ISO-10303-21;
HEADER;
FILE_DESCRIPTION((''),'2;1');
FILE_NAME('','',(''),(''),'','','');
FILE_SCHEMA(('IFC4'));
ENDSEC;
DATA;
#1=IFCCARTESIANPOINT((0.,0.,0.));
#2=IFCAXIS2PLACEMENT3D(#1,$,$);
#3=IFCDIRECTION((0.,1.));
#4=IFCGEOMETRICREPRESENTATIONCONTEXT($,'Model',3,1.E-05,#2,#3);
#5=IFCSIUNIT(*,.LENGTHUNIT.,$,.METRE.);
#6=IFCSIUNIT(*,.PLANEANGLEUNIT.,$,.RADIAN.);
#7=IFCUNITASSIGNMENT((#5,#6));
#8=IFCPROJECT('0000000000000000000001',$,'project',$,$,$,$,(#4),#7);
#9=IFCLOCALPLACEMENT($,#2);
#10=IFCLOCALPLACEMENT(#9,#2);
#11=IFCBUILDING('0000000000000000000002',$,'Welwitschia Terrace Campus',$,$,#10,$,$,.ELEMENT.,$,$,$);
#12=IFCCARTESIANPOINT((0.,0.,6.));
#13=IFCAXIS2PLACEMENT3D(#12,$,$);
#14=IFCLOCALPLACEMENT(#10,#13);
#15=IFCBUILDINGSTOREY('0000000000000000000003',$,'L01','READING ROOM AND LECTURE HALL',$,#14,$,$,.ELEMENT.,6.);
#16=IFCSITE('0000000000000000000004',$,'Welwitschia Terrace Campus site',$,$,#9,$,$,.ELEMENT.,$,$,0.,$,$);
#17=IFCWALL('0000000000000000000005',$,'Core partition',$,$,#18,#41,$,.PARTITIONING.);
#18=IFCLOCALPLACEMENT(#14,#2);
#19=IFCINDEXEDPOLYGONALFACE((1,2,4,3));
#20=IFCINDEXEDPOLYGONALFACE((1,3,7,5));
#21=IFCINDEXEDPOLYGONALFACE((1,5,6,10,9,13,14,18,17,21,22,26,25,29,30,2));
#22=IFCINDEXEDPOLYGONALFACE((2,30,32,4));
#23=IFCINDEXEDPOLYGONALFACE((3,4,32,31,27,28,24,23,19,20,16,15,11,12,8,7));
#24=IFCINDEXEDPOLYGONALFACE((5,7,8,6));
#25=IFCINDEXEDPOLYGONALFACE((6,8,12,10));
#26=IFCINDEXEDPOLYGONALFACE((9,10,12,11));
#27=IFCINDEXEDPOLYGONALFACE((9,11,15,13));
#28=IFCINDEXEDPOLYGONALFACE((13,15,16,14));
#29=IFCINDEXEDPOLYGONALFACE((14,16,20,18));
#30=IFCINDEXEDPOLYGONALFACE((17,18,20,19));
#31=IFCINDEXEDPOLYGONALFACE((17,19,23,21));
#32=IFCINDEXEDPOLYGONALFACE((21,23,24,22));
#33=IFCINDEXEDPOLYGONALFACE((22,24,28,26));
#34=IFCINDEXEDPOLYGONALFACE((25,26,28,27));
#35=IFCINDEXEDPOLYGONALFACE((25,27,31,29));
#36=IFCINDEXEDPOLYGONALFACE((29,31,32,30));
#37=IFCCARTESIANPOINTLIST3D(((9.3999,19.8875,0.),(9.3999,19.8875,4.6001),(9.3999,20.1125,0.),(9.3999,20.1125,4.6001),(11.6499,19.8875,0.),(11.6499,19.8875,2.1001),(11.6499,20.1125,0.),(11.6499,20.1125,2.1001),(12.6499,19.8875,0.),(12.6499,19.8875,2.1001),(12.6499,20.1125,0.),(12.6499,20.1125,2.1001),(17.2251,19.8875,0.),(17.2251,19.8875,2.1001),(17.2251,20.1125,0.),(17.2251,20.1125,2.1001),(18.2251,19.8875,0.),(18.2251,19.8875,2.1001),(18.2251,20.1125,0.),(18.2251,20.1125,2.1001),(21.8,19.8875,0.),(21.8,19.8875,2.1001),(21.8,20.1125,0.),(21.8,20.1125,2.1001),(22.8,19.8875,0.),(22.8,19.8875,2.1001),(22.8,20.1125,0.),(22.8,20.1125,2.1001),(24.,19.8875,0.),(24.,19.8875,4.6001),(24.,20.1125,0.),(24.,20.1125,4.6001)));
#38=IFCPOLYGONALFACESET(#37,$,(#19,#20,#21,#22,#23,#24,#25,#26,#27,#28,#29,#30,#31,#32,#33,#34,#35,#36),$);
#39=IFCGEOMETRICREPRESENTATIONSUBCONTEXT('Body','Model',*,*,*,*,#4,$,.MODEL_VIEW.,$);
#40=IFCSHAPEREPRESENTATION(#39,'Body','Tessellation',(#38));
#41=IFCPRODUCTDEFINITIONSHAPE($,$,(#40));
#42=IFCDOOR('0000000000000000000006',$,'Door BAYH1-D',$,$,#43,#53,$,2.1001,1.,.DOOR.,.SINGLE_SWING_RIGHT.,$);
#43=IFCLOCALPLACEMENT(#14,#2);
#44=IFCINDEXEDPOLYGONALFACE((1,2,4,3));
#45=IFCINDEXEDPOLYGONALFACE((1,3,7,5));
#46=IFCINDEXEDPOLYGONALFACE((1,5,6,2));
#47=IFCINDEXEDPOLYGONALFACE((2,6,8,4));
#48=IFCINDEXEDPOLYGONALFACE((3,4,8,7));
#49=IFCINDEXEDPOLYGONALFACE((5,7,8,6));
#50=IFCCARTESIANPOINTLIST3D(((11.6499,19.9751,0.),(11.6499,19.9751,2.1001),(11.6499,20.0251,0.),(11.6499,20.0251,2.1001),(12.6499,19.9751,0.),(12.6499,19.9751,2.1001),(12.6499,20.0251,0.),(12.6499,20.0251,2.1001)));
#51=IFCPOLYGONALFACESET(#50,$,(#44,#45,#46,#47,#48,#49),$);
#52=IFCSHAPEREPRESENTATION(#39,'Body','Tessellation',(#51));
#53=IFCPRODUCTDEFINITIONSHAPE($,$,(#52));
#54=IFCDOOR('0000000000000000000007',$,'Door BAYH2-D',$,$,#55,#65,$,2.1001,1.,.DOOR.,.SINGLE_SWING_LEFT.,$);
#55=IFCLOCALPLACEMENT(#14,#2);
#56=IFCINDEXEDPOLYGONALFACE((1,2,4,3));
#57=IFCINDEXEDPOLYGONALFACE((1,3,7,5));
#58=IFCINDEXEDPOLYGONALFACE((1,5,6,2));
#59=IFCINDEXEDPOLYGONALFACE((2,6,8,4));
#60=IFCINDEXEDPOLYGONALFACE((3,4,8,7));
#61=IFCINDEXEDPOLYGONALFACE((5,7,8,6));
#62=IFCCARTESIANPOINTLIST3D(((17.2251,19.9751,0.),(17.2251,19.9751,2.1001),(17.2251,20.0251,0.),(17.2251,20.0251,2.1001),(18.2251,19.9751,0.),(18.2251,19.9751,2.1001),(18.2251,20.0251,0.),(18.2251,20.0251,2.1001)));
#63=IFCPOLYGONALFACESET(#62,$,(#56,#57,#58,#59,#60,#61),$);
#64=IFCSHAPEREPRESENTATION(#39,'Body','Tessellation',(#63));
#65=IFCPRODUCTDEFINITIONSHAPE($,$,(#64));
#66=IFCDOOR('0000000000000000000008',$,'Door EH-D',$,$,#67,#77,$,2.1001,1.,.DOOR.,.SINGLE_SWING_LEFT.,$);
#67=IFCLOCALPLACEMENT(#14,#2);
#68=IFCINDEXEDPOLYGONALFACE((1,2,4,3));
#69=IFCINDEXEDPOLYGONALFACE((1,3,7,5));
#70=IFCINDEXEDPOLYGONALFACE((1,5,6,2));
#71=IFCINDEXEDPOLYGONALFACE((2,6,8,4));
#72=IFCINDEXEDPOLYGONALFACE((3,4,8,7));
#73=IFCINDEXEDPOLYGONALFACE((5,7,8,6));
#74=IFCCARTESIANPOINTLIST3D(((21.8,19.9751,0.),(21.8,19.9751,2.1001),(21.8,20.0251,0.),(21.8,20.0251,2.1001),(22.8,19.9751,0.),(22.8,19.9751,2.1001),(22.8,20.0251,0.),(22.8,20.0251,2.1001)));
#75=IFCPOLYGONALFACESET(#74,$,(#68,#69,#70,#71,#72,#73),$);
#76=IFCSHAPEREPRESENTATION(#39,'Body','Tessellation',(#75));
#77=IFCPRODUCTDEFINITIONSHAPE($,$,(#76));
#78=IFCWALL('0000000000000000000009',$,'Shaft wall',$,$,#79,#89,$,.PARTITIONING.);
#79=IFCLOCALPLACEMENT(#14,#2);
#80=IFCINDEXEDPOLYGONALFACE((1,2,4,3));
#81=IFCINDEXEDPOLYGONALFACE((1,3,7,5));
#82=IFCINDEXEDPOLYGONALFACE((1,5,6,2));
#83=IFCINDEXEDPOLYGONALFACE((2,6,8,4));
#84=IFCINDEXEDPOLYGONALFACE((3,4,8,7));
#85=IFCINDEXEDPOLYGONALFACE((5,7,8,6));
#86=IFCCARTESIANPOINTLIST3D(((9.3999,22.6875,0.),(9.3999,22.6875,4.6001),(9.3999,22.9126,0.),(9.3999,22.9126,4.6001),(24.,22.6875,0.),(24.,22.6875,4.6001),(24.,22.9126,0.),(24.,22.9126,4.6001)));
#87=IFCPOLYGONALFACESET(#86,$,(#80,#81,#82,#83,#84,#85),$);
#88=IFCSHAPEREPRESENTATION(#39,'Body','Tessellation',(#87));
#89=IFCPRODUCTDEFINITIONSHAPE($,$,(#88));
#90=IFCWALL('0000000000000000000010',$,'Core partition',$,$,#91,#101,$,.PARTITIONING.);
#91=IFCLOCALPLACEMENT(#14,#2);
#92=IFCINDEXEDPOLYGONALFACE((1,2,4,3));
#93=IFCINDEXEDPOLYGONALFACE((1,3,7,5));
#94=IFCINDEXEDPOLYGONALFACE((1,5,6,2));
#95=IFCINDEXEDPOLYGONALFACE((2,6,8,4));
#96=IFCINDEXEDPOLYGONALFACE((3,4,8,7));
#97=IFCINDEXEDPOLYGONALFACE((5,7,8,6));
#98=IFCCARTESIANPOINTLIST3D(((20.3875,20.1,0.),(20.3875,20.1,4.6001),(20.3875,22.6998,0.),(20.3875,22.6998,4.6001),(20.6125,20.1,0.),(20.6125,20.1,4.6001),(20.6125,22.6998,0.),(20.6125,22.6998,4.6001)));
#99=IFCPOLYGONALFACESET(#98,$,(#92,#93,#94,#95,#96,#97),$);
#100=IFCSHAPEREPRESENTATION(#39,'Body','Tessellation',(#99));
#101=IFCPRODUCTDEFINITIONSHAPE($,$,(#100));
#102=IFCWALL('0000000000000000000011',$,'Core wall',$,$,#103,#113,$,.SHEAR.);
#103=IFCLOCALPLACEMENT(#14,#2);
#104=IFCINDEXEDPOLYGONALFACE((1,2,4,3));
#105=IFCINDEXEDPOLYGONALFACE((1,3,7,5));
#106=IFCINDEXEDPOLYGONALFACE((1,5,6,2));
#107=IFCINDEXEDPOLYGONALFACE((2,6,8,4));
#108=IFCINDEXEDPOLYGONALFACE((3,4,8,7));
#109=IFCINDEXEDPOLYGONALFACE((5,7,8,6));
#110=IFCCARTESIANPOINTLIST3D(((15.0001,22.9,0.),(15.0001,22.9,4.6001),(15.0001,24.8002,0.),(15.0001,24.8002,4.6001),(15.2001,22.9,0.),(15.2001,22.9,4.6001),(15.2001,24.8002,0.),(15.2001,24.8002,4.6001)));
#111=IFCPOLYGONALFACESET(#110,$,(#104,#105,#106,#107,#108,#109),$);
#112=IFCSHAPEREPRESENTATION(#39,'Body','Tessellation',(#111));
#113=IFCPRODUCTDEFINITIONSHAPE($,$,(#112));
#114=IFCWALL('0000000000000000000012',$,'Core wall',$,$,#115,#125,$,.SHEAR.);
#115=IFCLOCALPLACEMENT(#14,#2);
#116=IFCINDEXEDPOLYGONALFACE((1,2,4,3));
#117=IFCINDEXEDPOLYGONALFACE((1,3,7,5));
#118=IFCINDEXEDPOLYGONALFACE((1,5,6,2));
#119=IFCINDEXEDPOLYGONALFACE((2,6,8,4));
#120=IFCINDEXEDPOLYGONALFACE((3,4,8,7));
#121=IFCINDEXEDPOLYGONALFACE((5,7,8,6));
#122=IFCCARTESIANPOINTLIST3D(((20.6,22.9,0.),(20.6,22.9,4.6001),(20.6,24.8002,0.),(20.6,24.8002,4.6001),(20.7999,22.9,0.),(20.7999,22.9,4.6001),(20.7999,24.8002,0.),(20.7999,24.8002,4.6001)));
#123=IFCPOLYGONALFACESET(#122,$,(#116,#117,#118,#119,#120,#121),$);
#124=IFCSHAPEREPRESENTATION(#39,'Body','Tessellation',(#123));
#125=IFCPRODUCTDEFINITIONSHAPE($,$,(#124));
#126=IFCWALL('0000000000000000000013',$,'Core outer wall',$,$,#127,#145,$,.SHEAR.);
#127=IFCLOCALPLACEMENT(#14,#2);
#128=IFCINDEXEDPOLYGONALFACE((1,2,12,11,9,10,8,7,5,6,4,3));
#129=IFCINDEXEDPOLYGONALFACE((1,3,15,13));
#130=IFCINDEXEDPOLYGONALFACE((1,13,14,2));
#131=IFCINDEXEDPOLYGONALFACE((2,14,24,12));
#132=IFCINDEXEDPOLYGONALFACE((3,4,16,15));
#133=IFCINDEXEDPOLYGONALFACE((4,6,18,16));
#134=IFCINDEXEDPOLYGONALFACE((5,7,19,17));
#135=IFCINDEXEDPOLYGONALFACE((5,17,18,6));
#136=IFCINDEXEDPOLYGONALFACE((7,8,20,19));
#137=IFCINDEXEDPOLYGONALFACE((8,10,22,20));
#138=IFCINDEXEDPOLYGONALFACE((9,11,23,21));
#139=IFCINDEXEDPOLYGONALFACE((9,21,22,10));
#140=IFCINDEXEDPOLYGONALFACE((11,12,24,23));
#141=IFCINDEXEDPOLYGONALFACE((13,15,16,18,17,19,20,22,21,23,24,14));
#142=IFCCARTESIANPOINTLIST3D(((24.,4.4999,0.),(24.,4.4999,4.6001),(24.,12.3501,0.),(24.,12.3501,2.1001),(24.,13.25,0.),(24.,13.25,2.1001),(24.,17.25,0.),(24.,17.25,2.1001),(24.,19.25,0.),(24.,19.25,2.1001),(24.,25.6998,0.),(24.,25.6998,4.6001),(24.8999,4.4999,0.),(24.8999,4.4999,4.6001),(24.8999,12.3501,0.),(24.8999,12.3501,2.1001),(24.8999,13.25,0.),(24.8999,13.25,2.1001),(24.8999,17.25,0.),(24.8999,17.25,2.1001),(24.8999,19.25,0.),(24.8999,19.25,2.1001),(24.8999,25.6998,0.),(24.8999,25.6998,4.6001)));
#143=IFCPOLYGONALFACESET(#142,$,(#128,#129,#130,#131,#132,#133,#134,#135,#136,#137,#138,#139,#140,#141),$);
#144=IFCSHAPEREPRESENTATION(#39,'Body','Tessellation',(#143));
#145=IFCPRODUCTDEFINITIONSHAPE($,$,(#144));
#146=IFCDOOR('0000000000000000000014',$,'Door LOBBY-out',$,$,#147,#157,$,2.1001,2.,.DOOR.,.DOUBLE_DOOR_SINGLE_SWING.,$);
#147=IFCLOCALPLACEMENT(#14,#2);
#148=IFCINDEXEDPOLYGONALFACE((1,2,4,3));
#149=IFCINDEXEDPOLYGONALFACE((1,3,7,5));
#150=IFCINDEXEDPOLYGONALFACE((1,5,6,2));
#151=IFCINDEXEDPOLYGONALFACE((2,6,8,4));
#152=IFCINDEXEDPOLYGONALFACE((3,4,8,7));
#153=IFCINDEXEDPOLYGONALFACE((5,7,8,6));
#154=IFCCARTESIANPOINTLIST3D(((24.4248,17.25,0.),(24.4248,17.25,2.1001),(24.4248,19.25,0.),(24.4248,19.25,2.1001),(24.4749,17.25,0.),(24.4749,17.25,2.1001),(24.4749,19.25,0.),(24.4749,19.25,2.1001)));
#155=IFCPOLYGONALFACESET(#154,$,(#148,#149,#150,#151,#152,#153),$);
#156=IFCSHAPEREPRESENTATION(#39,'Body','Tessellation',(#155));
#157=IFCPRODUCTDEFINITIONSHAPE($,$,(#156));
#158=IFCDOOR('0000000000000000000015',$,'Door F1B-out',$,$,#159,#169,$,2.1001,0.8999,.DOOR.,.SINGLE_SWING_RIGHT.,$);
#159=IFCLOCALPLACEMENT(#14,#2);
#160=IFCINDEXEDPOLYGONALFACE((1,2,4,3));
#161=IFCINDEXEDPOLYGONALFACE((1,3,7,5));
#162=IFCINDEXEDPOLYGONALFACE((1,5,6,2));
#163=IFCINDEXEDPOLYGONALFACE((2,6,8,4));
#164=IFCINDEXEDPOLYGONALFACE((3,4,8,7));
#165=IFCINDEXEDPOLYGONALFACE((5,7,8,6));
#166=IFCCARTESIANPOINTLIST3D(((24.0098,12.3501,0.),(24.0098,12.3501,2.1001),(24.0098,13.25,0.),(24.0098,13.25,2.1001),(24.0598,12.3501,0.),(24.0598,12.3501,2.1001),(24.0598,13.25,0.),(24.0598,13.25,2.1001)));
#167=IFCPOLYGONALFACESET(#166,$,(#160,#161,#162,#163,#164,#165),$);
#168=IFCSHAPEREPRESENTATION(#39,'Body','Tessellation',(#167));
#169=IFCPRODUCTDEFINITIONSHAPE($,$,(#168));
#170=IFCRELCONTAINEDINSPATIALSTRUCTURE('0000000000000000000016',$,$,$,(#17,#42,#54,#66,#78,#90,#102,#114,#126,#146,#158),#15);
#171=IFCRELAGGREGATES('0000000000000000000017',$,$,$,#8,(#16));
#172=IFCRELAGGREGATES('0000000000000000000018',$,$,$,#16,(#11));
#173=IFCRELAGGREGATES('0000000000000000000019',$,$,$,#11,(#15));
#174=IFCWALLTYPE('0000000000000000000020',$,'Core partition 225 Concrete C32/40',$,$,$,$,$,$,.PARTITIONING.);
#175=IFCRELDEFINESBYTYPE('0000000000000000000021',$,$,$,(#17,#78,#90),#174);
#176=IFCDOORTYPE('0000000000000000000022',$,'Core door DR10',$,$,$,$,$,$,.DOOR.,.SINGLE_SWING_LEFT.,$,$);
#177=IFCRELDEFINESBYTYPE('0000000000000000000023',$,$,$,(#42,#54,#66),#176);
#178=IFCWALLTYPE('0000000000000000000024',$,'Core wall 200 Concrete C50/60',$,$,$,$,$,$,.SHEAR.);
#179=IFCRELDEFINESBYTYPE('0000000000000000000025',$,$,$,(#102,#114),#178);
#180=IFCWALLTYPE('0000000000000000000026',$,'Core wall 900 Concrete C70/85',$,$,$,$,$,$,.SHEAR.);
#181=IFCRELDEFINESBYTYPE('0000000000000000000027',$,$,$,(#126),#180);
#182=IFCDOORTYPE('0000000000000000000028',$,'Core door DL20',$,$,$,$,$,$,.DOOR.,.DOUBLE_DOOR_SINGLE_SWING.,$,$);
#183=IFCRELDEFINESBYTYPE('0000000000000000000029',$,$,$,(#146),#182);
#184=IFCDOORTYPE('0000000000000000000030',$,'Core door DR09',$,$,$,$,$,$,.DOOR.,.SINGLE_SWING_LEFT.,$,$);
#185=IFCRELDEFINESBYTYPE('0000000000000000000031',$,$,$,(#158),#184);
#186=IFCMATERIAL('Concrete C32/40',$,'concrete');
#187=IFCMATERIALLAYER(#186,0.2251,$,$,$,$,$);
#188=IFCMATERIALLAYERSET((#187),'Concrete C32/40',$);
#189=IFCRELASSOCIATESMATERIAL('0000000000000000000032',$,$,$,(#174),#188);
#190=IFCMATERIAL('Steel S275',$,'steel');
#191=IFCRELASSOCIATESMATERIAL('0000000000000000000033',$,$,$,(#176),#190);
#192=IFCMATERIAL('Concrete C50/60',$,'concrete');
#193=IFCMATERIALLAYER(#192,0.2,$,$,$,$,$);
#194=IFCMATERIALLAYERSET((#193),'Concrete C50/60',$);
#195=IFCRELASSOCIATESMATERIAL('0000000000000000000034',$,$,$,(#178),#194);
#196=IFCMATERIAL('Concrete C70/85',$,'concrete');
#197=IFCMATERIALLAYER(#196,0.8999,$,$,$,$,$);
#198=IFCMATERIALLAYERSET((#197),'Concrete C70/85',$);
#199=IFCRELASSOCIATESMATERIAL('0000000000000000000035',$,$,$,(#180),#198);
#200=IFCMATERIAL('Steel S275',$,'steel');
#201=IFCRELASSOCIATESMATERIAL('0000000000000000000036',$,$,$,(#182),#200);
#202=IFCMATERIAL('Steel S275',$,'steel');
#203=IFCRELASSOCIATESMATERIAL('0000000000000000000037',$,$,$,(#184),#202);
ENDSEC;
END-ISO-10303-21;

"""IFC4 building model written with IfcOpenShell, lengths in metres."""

from ifc_helpers import new_model, si_unit, direction, frame, frame_2d, origin, place, context, subcontext, project, spatial, rectangle, extrude, material, layer, layer_set, type_object, element, fill, save


model = new_model("IFC4")

# Units and contexts
model_context = context("Model", 3, precision=1e-05, world=origin(), true_north=direction((0.0, 1.0)))
body_context = subcontext(model_context, "Body", "Model", "MODEL_VIEW")
ifc_project = project(units=[si_unit("LENGTHUNIT", "METRE"), si_unit("PLANEANGLEUNIT", "RADIAN")], contexts=[model_context])

# Site, building, storey
site_placement = place(None, origin())
site = spatial("IfcSite", under=ifc_project, at=site_placement, Name="Welwitschia Terrace Campus site", CompositionType="ELEMENT", RefElevation=0.0)
building_placement = place(site_placement, origin())
building = spatial("IfcBuilding", under=site, at=building_placement, Name="Welwitschia Terrace Campus", CompositionType="ELEMENT")
storey_placement = place(building_placement, frame((0.0, 0.0, 6.0)))
storey = spatial("IfcBuildingStorey", under=building, at=storey_placement, Name="L01", Description="READING ROOM AND LECTURE HALL", CompositionType="ELEMENT", Elevation=6.0)

# Wall, openings, doors
ifc_material_1 = material(Name="Concrete C32/40", Category="concrete")
ifc_layer_1 = layer(ifc_material_1, 0.2251)
ifc_layer_set_1 = layer_set([ifc_layer_1], Name="Concrete C32/40")
wall_type_1 = type_object("IfcWallType", Name="Core partition 225 Concrete C32/40", PredefinedType="PARTITIONING", material=ifc_layer_set_1)
wall_1_placement = place(storey_placement, frame((24.0, 20.0, 0.0), z_axis=(0.0, 0.0, 1.0), x_axis=(-1.0, 0.0, 0.0)))
wall_1 = element("IfcWall", 1, at=wall_1_placement, inside=storey, type_object=wall_type_1, Name="Core partition", PredefinedType="PARTITIONING", context=body_context, shape_type="SweptSolid", body=[
    extrude(rectangle(XDim=14.6001, YDim=0.2251, at=frame_2d((7.3, 0.0))), origin(), (0.0, 0.0, 1.0), 4.6001),
])
opening_1_placement = place(wall_1_placement, frame((11.3501, 0.0, 0.0)))
opening_1 = element("IfcOpeningElement", 2, at=opening_1_placement, cuts=wall_1, PredefinedType="OPENING", context=body_context, shape_type="SweptSolid", body=[
    extrude(rectangle(XDim=1.0, YDim=2.1001, at=frame_2d((0.5, 1.05))), frame((0.0, 0.1226, 0.0), z_axis=(0.0, -1.0, 0.0), x_axis=(1.0, 0.0, 0.0)), (0.0, 0.0, 1.0), 0.2451),
])
opening_2_placement = place(wall_1_placement, frame((5.7749, 0.0, 0.0)))
opening_2 = element("IfcOpeningElement", 3, at=opening_2_placement, cuts=wall_1, PredefinedType="OPENING", context=body_context, shape_type="SweptSolid", body=[
    extrude(rectangle(XDim=1.0, YDim=2.1001, at=frame_2d((0.5, 1.05))), frame((0.0, 0.1226, 0.0), z_axis=(0.0, -1.0, 0.0), x_axis=(1.0, 0.0, 0.0)), (0.0, 0.0, 1.0), 0.2451),
])
opening_3_placement = place(wall_1_placement, frame((1.2, 0.0, 0.0)))
opening_3 = element("IfcOpeningElement", 4, at=opening_3_placement, cuts=wall_1, PredefinedType="OPENING", context=body_context, shape_type="SweptSolid", body=[
    extrude(rectangle(XDim=1.0, YDim=2.1001, at=frame_2d((0.5, 1.05))), frame((0.0, 0.1226, 0.0), z_axis=(0.0, -1.0, 0.0), x_axis=(1.0, 0.0, 0.0)), (0.0, 0.0, 1.0), 0.2451),
])
ifc_material_2 = material(Name="Steel S275", Category="steel")
door_type_1 = type_object("IfcDoorType", Name="Core door DR10", OperationType="SINGLE_SWING_LEFT", PredefinedType="DOOR", material=ifc_material_2)
door_1_placement = place(opening_1_placement, origin())
door_1 = element("IfcDoor", 5, at=door_1_placement, inside=storey, type_object=door_type_1, Name="Door BAYH1-D", OperationType="SINGLE_SWING_RIGHT", OverallHeight=2.1001, OverallWidth=1.0, PredefinedType="DOOR", context=body_context, shape_type="SweptSolid", body=[
    extrude(rectangle(XDim=1.0, YDim=2.1001, at=frame_2d((0.5, 1.05))), frame((0.0, 0.0249, 0.0), z_axis=(0.0, -1.0, 0.0), x_axis=(1.0, 0.0, 0.0)), (0.0, 0.0, 1.0), 0.05),
])
fill(opening_1, door_1)
door_2_placement = place(opening_2_placement, origin())
door_2 = element("IfcDoor", 6, at=door_2_placement, inside=storey, type_object=door_type_1, Name="Door BAYH2-D", OperationType="SINGLE_SWING_LEFT", OverallHeight=2.1001, OverallWidth=1.0, PredefinedType="DOOR", context=body_context, shape_type="SweptSolid", body=[
    extrude(rectangle(XDim=1.0, YDim=2.1001, at=frame_2d((0.5, 1.05))), frame((0.0, 0.0249, 0.0), z_axis=(0.0, -1.0, 0.0), x_axis=(1.0, 0.0, 0.0)), (0.0, 0.0, 1.0), 0.05),
])
fill(opening_2, door_2)
door_3_placement = place(opening_3_placement, origin())
door_3 = element("IfcDoor", 7, at=door_3_placement, inside=storey, type_object=door_type_1, Name="Door EH-D", OperationType="SINGLE_SWING_LEFT", OverallHeight=2.1001, OverallWidth=1.0, PredefinedType="DOOR", context=body_context, shape_type="SweptSolid", body=[
    extrude(rectangle(XDim=1.0, YDim=2.1001, at=frame_2d((0.5, 1.05))), frame((0.0, 0.0249, 0.0), z_axis=(0.0, -1.0, 0.0), x_axis=(1.0, 0.0, 0.0)), (0.0, 0.0, 1.0), 0.05),
])
fill(opening_3, door_3)

# Walls
wall_2_placement = place(storey_placement, frame((9.3999, 22.8, 0.0), z_axis=(0.0, 0.0, 1.0), x_axis=(1.0, 0.0, 0.0)))
element("IfcWall", 8, at=wall_2_placement, inside=storey, type_object=wall_type_1, Name="Shaft wall", PredefinedType="PARTITIONING", context=body_context, shape_type="SweptSolid", body=[
    extrude(rectangle(XDim=14.6001, YDim=0.2251, at=frame_2d((7.3, 0.0))), origin(), (0.0, 0.0, 1.0), 4.6001),
])
wall_3_placement = place(storey_placement, frame((20.5, 20.1001, 0.0), z_axis=(0.0, 0.0, 1.0), x_axis=(0.0, 1.0, 0.0)))
element("IfcWall", 9, at=wall_3_placement, inside=storey, type_object=wall_type_1, Name="Core partition", PredefinedType="PARTITIONING", context=body_context, shape_type="SweptSolid", body=[
    extrude(rectangle(XDim=2.5999, YDim=0.2251, at=frame_2d((1.2998, 0.0))), origin(), (0.0, 0.0, 1.0), 4.6001),
])
ifc_material_3 = material(Name="Concrete C50/60", Category="concrete")
ifc_layer_2 = layer(ifc_material_3, 0.2)
ifc_layer_set_2 = layer_set([ifc_layer_2], Name="Concrete C50/60")
wall_type_2 = type_object("IfcWallType", Name="Core wall 200 Concrete C50/60", PredefinedType="SHEAR", material=ifc_layer_set_2)
for number, where, z_axis, x_axis, name in (
    (10, (15.1001, 22.8999, 0.0), (0.0, 0.0, 1.0), (0.0, 1.0, 0.0), "Core wall"),
    (11, (20.7, 22.8999, 0.0), (0.0, 0.0, 1.0), (0.0, 1.0, 0.0), "Core wall"),
):
    element("IfcWall", number, at=place(storey_placement, frame(where, z_axis=z_axis, x_axis=x_axis)), inside=storey, type_object=wall_type_2, Name=name, PredefinedType="SHEAR", context=body_context, shape_type="SweptSolid", body=[
        extrude(rectangle(XDim=1.9001, YDim=0.2, at=frame_2d((0.9502, 0.0))), origin(), (0.0, 0.0, 1.0), 4.6001),
    ])

# Wall, openings, doors
ifc_material_4 = material(Name="Concrete C70/85", Category="concrete")
ifc_layer_3 = layer(ifc_material_4, 0.8999)
ifc_layer_set_3 = layer_set([ifc_layer_3], Name="Concrete C70/85")
wall_type_3 = type_object("IfcWallType", Name="Core wall 900 Concrete C70/85", PredefinedType="SHEAR", material=ifc_layer_set_3)
wall_4_placement = place(storey_placement, frame((24.45, 25.7, 0.0), z_axis=(0.0, 0.0, 1.0), x_axis=(0.0, -1.0, 0.0)))
wall_4 = element("IfcWall", 12, at=wall_4_placement, inside=storey, type_object=wall_type_3, Name="Core outer wall", PredefinedType="SHEAR", context=body_context, shape_type="SweptSolid", body=[
    extrude(rectangle(XDim=21.2, YDim=0.8999, at=frame_2d((10.6001, 0.0))), origin(), (0.0, 0.0, 1.0), 4.6001),
])
opening_4_placement = place(wall_4_placement, frame((12.45, 0.0, 0.0)))
opening_4 = element("IfcOpeningElement", 13, at=opening_4_placement, cuts=wall_4, PredefinedType="OPENING", context=body_context, shape_type="SweptSolid", body=[
    extrude(rectangle(XDim=0.8999, YDim=2.1001, at=frame_2d((0.45, 1.05))), frame((0.0, 0.46, 0.0), z_axis=(0.0, -1.0, 0.0), x_axis=(1.0, 0.0, 0.0)), (0.0, 0.0, 1.0), 0.9199),
])
opening_5_placement = place(wall_4_placement, frame((6.45, 0.0, 0.0)))
opening_5 = element("IfcOpeningElement", 14, at=opening_5_placement, cuts=wall_4, PredefinedType="OPENING", context=body_context, shape_type="SweptSolid", body=[
    extrude(rectangle(XDim=2.0, YDim=2.1001, at=frame_2d((1.0, 1.05))), frame((0.0, 0.46, 0.0), z_axis=(0.0, -1.0, 0.0), x_axis=(1.0, 0.0, 0.0)), (0.0, 0.0, 1.0), 0.9199),
])
ifc_material_5 = material(Name="Steel S275", Category="steel")
door_type_2 = type_object("IfcDoorType", Name="Core door DL20", OperationType="DOUBLE_DOOR_SINGLE_SWING", PredefinedType="DOOR", material=ifc_material_5)
door_4_placement = place(opening_5_placement, origin())
door_4 = element("IfcDoor", 15, at=door_4_placement, inside=storey, type_object=door_type_2, Name="Door LOBBY-out", OperationType="DOUBLE_DOOR_SINGLE_SWING", OverallHeight=2.1001, OverallWidth=2.0, PredefinedType="DOOR", context=body_context, shape_type="SweptSolid", body=[
    extrude(rectangle(XDim=2.0, YDim=2.1001, at=frame_2d((1.0, 1.05))), frame((0.0, 0.0249, 0.0), z_axis=(0.0, -1.0, 0.0), x_axis=(1.0, 0.0, 0.0)), (0.0, 0.0, 1.0), 0.05),
])
fill(opening_5, door_4)
ifc_material_6 = material(Name="Steel S275", Category="steel")
door_type_3 = type_object("IfcDoorType", Name="Core door DR09", OperationType="SINGLE_SWING_LEFT", PredefinedType="DOOR", material=ifc_material_6)
door_5_placement = place(opening_4_placement, origin())
door_5 = element("IfcDoor", 16, at=door_5_placement, inside=storey, type_object=door_type_3, Name="Door F1B-out", OperationType="SINGLE_SWING_RIGHT", OverallHeight=2.1001, OverallWidth=0.8999, PredefinedType="DOOR", context=body_context, shape_type="SweptSolid", body=[
    extrude(rectangle(XDim=0.8999, YDim=2.1001, at=frame_2d((0.45, 1.05))), frame((0.0, -0.3901, 0.0), z_axis=(0.0, -1.0, 0.0), x_axis=(1.0, 0.0, 0.0)), (0.0, 0.0, 1.0), 0.05),
])
fill(opening_4, door_5)

save(model, "model.ifc")
